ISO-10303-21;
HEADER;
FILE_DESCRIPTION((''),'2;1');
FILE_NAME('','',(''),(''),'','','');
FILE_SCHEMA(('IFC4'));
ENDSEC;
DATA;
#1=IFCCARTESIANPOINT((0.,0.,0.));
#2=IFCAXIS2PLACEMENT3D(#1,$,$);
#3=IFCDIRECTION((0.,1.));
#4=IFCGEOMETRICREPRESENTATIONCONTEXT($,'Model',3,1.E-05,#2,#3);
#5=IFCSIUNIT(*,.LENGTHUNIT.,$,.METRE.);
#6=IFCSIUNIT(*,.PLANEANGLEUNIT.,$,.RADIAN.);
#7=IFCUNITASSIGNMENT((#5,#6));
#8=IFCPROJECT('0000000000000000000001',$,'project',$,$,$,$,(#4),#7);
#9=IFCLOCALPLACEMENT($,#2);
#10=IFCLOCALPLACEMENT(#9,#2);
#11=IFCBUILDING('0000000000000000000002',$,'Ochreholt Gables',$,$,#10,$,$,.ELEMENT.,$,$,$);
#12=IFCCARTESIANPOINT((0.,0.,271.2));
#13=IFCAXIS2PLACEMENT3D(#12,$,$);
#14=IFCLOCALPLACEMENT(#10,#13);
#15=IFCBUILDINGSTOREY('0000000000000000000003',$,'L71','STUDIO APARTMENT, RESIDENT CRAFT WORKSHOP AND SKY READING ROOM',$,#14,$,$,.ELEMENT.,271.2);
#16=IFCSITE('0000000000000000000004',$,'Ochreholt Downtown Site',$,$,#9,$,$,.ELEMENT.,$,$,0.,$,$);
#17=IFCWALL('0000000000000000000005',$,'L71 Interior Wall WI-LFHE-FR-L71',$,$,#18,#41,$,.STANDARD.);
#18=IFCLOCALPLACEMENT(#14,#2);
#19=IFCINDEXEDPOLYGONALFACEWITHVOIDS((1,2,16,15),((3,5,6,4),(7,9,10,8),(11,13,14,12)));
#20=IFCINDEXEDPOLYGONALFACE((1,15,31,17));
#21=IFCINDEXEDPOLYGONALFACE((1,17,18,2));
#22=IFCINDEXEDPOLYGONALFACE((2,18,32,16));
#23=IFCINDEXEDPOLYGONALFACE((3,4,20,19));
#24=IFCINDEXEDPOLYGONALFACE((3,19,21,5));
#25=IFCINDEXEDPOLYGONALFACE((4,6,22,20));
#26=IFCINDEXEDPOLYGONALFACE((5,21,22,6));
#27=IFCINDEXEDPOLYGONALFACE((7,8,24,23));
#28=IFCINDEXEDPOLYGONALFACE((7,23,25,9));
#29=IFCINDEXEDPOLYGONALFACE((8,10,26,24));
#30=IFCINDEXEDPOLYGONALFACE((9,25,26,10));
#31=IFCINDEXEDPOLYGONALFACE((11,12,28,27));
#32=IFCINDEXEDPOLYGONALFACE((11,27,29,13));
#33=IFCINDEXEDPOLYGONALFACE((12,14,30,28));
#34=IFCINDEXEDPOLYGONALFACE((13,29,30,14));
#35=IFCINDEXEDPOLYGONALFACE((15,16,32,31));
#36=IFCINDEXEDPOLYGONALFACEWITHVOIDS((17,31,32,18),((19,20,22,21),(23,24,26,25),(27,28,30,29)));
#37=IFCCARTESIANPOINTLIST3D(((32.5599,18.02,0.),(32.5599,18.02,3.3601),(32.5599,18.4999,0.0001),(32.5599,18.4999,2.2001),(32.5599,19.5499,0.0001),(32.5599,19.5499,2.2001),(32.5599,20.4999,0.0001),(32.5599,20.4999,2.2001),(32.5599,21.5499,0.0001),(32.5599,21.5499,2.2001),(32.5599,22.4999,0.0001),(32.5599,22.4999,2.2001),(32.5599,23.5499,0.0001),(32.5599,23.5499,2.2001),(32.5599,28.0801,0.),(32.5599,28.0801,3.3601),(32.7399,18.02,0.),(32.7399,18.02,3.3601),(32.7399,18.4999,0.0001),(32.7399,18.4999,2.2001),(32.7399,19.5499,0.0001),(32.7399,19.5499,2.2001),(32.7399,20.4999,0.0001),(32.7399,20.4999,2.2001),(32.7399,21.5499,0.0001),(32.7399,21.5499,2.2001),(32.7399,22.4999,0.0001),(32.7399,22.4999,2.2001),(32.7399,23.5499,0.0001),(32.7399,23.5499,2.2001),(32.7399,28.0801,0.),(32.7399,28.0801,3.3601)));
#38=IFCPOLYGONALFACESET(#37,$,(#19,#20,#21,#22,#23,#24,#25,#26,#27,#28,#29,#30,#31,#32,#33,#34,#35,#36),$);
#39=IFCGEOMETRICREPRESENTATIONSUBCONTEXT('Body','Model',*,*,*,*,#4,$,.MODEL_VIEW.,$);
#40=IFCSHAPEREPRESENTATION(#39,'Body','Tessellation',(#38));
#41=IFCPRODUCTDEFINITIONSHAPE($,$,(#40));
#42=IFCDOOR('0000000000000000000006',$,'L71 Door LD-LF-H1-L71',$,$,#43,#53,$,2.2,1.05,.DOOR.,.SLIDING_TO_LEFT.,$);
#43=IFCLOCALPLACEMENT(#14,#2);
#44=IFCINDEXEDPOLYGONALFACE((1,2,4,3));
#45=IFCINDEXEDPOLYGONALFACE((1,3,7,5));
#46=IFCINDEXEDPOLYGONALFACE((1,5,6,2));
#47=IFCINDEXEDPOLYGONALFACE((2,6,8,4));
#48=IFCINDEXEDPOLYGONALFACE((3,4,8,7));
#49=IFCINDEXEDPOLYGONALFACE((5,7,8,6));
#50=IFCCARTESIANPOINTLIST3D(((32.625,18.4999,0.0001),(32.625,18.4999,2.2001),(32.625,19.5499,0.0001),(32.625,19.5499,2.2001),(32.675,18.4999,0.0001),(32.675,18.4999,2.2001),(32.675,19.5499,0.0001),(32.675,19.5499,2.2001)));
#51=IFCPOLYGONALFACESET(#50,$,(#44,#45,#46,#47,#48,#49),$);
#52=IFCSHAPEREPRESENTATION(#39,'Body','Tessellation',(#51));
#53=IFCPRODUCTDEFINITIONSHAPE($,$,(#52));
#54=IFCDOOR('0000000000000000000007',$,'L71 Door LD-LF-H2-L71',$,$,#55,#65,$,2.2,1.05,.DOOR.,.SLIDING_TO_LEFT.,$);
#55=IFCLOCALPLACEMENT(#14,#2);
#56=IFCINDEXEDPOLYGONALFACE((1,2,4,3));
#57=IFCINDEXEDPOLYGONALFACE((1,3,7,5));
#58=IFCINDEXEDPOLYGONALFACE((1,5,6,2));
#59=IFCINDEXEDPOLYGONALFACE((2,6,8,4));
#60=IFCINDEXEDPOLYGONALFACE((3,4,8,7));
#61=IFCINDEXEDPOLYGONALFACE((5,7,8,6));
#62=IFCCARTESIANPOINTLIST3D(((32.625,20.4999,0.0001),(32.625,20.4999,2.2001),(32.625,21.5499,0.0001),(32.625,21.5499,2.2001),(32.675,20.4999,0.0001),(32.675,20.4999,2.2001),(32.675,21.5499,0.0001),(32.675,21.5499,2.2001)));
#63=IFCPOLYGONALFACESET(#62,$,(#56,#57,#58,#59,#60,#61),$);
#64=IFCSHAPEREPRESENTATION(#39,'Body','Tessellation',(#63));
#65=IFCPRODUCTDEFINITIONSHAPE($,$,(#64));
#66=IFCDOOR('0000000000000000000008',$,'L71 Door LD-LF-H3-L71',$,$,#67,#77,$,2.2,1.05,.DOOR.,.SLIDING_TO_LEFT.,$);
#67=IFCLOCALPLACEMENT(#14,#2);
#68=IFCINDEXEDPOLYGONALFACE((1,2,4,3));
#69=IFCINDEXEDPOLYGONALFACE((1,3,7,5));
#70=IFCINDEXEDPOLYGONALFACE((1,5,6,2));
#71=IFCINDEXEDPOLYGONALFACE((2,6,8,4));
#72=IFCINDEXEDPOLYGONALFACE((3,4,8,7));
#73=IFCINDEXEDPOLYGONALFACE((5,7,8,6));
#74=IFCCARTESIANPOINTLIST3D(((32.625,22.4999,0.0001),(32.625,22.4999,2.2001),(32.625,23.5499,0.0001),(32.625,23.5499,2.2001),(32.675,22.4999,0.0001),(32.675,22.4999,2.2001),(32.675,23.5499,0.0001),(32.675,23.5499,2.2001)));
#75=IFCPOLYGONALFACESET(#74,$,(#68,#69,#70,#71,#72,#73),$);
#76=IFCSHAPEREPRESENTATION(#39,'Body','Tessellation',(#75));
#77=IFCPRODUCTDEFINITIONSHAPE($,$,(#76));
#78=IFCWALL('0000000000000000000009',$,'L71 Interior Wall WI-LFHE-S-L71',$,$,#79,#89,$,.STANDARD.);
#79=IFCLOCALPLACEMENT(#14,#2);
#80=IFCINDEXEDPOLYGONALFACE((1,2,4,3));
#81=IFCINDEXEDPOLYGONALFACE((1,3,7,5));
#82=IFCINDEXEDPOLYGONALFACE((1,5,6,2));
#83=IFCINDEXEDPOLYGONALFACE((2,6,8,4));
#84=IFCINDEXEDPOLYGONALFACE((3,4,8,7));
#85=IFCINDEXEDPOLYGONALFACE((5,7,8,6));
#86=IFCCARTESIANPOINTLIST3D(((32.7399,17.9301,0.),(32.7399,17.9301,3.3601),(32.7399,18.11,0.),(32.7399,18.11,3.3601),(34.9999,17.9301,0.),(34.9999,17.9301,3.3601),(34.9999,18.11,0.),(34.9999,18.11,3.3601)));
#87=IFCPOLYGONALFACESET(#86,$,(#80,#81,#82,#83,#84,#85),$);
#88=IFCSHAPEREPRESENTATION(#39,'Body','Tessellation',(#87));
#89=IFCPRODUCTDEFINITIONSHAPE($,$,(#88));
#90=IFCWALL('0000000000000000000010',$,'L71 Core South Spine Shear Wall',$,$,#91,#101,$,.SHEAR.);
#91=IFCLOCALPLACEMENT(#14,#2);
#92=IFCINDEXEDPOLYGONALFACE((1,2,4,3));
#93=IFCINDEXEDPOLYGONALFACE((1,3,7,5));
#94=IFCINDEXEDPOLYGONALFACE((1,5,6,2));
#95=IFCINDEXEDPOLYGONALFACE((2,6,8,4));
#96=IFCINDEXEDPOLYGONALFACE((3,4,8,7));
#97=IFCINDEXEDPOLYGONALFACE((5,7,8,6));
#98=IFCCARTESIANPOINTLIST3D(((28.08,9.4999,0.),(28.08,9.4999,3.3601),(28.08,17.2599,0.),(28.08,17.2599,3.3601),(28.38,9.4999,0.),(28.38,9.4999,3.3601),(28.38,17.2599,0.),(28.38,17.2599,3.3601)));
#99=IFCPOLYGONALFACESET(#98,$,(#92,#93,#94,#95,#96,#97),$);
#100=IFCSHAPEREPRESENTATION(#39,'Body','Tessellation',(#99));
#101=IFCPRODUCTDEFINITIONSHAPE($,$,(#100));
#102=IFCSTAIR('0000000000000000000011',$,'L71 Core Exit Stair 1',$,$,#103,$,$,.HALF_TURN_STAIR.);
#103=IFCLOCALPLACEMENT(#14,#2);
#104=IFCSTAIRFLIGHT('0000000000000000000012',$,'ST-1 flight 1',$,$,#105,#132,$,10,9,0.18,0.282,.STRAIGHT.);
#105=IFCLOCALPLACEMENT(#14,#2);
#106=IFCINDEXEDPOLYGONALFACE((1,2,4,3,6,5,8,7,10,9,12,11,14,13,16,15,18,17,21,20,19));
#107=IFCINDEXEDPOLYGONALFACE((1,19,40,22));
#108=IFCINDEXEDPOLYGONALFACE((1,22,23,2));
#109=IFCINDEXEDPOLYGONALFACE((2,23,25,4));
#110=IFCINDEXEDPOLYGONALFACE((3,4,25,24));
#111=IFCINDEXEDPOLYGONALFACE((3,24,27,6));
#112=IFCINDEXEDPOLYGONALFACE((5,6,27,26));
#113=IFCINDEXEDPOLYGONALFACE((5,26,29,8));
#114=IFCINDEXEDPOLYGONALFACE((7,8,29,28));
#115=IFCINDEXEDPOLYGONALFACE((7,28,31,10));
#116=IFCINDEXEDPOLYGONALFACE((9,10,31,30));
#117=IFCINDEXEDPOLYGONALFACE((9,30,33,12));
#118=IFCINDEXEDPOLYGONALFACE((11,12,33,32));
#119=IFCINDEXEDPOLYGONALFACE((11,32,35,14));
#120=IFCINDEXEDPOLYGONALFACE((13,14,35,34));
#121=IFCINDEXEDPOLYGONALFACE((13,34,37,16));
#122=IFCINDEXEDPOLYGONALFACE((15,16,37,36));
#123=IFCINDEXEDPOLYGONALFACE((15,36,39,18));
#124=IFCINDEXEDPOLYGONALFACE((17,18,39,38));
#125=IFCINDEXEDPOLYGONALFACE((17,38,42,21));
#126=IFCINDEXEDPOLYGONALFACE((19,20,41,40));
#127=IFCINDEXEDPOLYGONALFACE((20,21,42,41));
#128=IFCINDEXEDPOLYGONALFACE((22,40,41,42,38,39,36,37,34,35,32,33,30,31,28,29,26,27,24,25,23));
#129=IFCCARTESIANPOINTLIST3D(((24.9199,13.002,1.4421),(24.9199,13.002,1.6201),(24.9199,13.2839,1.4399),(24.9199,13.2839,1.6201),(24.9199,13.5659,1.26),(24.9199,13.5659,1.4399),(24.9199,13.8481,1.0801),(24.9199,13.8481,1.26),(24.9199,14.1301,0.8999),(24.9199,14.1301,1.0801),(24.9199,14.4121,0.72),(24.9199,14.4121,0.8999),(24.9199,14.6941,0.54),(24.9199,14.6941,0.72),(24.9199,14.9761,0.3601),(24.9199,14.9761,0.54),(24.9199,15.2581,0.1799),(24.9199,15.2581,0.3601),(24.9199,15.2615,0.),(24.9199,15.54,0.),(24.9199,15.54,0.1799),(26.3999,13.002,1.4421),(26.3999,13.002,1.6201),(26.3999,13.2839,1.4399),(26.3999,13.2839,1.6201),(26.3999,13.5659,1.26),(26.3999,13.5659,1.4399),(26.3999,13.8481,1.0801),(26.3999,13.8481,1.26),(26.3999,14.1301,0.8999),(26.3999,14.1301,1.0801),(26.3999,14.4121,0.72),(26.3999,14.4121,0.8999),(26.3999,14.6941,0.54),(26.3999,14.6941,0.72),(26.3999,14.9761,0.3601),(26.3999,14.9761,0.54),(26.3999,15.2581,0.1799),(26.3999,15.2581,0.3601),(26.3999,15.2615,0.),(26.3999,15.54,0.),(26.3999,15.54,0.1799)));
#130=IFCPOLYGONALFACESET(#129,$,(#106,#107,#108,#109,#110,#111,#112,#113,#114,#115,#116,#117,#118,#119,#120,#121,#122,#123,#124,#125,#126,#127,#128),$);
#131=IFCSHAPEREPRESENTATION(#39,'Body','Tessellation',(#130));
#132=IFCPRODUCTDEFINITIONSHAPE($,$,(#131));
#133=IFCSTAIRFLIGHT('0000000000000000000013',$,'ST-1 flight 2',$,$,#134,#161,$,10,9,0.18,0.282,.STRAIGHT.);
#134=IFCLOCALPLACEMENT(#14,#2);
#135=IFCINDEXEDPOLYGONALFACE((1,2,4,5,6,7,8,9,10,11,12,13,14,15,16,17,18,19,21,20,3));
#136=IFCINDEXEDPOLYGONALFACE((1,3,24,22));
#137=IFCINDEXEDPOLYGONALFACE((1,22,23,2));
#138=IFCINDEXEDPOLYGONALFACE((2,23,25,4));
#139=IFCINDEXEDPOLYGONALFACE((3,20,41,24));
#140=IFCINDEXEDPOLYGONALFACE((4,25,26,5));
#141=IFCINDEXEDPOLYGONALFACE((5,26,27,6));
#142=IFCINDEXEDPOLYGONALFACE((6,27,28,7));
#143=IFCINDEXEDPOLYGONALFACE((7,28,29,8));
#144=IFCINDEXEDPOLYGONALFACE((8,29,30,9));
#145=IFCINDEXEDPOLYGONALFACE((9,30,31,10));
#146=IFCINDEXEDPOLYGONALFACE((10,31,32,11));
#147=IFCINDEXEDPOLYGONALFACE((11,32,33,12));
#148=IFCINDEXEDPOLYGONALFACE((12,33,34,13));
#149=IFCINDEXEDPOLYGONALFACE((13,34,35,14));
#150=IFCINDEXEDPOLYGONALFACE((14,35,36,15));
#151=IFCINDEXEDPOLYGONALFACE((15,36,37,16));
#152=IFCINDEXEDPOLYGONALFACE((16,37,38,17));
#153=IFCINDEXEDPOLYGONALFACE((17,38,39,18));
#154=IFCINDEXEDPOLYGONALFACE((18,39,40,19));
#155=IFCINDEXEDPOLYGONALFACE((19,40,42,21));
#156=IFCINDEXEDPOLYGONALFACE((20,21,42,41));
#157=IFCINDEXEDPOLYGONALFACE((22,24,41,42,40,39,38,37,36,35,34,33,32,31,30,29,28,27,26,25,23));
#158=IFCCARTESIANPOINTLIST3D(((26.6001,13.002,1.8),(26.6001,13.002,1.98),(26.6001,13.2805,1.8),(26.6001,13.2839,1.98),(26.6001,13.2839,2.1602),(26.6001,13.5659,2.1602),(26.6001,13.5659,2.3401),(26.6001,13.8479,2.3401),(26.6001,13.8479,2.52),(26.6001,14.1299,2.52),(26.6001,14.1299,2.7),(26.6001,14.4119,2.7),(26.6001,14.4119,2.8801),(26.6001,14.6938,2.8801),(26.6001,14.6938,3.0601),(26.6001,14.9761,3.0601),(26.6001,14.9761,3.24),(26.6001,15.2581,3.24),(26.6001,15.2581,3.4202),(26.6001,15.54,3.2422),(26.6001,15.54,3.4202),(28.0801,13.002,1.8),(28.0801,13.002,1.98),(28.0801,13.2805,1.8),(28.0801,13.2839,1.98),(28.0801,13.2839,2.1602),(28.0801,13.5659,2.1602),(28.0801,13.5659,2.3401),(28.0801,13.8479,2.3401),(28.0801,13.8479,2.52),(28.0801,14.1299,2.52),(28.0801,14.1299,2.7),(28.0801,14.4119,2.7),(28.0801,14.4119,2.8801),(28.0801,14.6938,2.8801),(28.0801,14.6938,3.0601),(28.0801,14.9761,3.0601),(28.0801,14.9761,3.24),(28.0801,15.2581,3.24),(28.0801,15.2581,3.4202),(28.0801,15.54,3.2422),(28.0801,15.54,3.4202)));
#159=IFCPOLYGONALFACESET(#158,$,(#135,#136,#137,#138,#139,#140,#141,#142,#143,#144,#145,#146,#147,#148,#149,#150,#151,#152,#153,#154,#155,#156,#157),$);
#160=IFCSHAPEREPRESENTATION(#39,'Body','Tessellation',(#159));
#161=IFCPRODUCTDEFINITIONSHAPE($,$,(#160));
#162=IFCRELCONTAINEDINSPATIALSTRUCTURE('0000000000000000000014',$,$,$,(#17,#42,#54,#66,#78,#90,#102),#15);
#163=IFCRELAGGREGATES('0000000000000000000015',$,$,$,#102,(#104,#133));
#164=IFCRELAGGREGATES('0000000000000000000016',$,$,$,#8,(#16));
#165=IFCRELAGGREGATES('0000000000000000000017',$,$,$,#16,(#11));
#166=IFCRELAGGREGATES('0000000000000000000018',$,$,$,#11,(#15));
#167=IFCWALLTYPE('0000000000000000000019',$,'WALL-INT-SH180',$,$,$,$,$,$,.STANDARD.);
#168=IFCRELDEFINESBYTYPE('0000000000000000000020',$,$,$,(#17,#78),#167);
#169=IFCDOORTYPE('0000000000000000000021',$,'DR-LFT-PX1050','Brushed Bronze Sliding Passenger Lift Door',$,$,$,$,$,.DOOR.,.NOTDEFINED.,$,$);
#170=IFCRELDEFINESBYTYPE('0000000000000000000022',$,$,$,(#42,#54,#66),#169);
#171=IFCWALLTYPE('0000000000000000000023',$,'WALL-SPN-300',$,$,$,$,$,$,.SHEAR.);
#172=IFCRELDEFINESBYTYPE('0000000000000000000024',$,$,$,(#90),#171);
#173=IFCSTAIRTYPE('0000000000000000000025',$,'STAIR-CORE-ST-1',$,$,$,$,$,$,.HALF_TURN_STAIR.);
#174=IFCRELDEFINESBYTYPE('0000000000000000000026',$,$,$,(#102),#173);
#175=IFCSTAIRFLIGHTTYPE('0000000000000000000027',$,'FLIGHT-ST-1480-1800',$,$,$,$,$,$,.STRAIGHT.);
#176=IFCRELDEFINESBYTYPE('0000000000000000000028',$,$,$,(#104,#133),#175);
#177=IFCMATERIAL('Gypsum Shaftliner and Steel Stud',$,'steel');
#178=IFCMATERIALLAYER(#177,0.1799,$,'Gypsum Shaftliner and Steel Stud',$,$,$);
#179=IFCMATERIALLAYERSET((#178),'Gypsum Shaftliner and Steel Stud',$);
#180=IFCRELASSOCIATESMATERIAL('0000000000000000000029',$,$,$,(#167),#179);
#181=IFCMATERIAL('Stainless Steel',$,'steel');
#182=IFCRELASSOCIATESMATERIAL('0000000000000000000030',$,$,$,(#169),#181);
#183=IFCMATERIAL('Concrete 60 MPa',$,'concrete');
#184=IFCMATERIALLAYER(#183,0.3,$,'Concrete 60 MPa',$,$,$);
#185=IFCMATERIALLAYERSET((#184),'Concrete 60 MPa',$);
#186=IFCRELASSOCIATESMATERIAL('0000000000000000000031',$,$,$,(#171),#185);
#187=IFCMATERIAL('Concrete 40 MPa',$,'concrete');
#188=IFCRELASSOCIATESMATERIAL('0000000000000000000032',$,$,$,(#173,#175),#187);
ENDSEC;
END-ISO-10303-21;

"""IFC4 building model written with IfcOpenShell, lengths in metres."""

from ifc_helpers import new_model, si_unit, direction, frame, frame_2d, origin, place, context, subcontext, project, spatial, polyline, rectangle, outline, extrude, material, layer, layer_set, type_object, element, fill, aggregate, save


model = new_model("IFC4")

# Units and contexts
model_context = context("Model", 3, precision=1e-05, world=origin(), true_north=direction((0.0, 1.0)))
body_context = subcontext(model_context, "Body", "Model", "MODEL_VIEW")
ifc_project = project(units=[si_unit("LENGTHUNIT", "METRE"), si_unit("PLANEANGLEUNIT", "RADIAN")], contexts=[model_context])

# Site, building, storey
site_placement = place(None, origin())
site = spatial("IfcSite", under=ifc_project, at=site_placement, Name="Ochreholt Downtown Site", CompositionType="ELEMENT", RefElevation=0.0)
building_placement = place(site_placement, origin())
building = spatial("IfcBuilding", under=site, at=building_placement, Name="Ochreholt Gables", CompositionType="ELEMENT")
storey_placement = place(building_placement, frame((0.0, 0.0, 271.2)))
storey = spatial("IfcBuildingStorey", under=building, at=storey_placement, Name="L71", Description="STUDIO APARTMENT, RESIDENT CRAFT WORKSHOP AND SKY READING ROOM", CompositionType="ELEMENT", Elevation=271.2)

# Shared definitions
ifc_material_1 = material(Name="Concrete 40 MPa", Category="concrete")

# Wall, openings, doors
ifc_material_2 = material(Name="Gypsum Shaftliner and Steel Stud", Category="steel")
ifc_layer_1 = layer(ifc_material_2, 0.1799, Name="Gypsum Shaftliner and Steel Stud")
ifc_layer_set_1 = layer_set([ifc_layer_1], Name="Gypsum Shaftliner and Steel Stud")
wall_type_1 = type_object("IfcWallType", Name="WALL-INT-SH180", PredefinedType="STANDARD", material=ifc_layer_set_1)
wall_1_placement = place(storey_placement, frame((32.6499, 18.02, 0.0), z_axis=(0.0, 0.0, 1.0), x_axis=(0.0, 1.0, 0.0)))
wall_1 = element("IfcWall", 1, at=wall_1_placement, inside=storey, type_object=wall_type_1, Name="L71 Interior Wall WI-LFHE-FR-L71", PredefinedType="STANDARD", context=body_context, shape_type="SweptSolid", body=[
    extrude(rectangle(XDim=10.0601, YDim=0.1799, at=frame_2d((5.03, 0.0))), origin(), (0.0, 0.0, 1.0), 3.3601),
])
opening_1_placement = place(wall_1_placement, frame((0.48, 0.0, 0.0)))
opening_1 = element("IfcOpeningElement", 2, at=opening_1_placement, cuts=wall_1, PredefinedType="OPENING", context=body_context, shape_type="SweptSolid", body=[
    extrude(rectangle(XDim=1.05, YDim=2.2, at=frame_2d((0.5249, 1.1001))), frame((0.0, 0.0999, 0.0), z_axis=(0.0, -1.0, 0.0), x_axis=(1.0, 0.0, 0.0)), (0.0, 0.0, 1.0), 0.2),
])
opening_2_placement = place(wall_1_placement, frame((2.48, 0.0, 0.0)))
opening_2 = element("IfcOpeningElement", 3, at=opening_2_placement, cuts=wall_1, PredefinedType="OPENING", context=body_context, shape_type="SweptSolid", body=[
    extrude(rectangle(XDim=1.05, YDim=2.2, at=frame_2d((0.5249, 1.1001))), frame((0.0, 0.0999, 0.0), z_axis=(0.0, -1.0, 0.0), x_axis=(1.0, 0.0, 0.0)), (0.0, 0.0, 1.0), 0.2),
])
opening_3_placement = place(wall_1_placement, frame((4.48, 0.0, 0.0)))
opening_3 = element("IfcOpeningElement", 4, at=opening_3_placement, cuts=wall_1, PredefinedType="OPENING", context=body_context, shape_type="SweptSolid", body=[
    extrude(rectangle(XDim=1.05, YDim=2.2, at=frame_2d((0.5249, 1.1001))), frame((0.0, 0.0999, 0.0), z_axis=(0.0, -1.0, 0.0), x_axis=(1.0, 0.0, 0.0)), (0.0, 0.0, 1.0), 0.2),
])
ifc_material_3 = material(Name="Stainless Steel", Category="steel")
door_type_1 = type_object("IfcDoorType", Name="DR-LFT-PX1050", Description="Brushed Bronze Sliding Passenger Lift Door", OperationType="NOTDEFINED", PredefinedType="DOOR", material=ifc_material_3)
door_1_placement = place(opening_1_placement, origin())
door_1 = element("IfcDoor", 5, at=door_1_placement, inside=storey, type_object=door_type_1, Name="L71 Door LD-LF-H1-L71", OperationType="SLIDING_TO_LEFT", OverallHeight=2.2, OverallWidth=1.05, PredefinedType="DOOR", context=body_context, shape_type="SweptSolid", body=[
    extrude(rectangle(XDim=1.05, YDim=2.2, at=frame_2d((0.5249, 1.1001))), frame((0.0, 0.0249, 0.0), z_axis=(0.0, -1.0, 0.0), x_axis=(1.0, 0.0, 0.0)), (0.0, 0.0, 1.0), 0.05),
])
fill(opening_1, door_1)
door_2_placement = place(opening_2_placement, origin())
door_2 = element("IfcDoor", 6, at=door_2_placement, inside=storey, type_object=door_type_1, Name="L71 Door LD-LF-H2-L71", OperationType="SLIDING_TO_LEFT", OverallHeight=2.2, OverallWidth=1.05, PredefinedType="DOOR", context=body_context, shape_type="SweptSolid", body=[
    extrude(rectangle(XDim=1.05, YDim=2.2, at=frame_2d((0.5249, 1.1001))), frame((0.0, 0.0249, 0.0), z_axis=(0.0, -1.0, 0.0), x_axis=(1.0, 0.0, 0.0)), (0.0, 0.0, 1.0), 0.05),
])
fill(opening_2, door_2)
door_3_placement = place(opening_3_placement, origin())
door_3 = element("IfcDoor", 7, at=door_3_placement, inside=storey, type_object=door_type_1, Name="L71 Door LD-LF-H3-L71", OperationType="SLIDING_TO_LEFT", OverallHeight=2.2, OverallWidth=1.05, PredefinedType="DOOR", context=body_context, shape_type="SweptSolid", body=[
    extrude(rectangle(XDim=1.05, YDim=2.2, at=frame_2d((0.5249, 1.1001))), frame((0.0, 0.0249, 0.0), z_axis=(0.0, -1.0, 0.0), x_axis=(1.0, 0.0, 0.0)), (0.0, 0.0, 1.0), 0.05),
])
fill(opening_3, door_3)

# Walls
wall_2_placement = place(storey_placement, frame((32.74, 18.02, 0.0), z_axis=(0.0, 0.0, 1.0), x_axis=(1.0, 0.0, 0.0)))
element("IfcWall", 8, at=wall_2_placement, inside=storey, type_object=wall_type_1, Name="L71 Interior Wall WI-LFHE-S-L71", PredefinedType="STANDARD", context=body_context, shape_type="SweptSolid", body=[
    extrude(rectangle(XDim=2.26, YDim=0.1799, at=frame_2d((1.1299, 0.0))), origin(), (0.0, 0.0, 1.0), 3.3601),
])
ifc_material_4 = material(Name="Concrete 60 MPa", Category="concrete")
ifc_layer_2 = layer(ifc_material_4, 0.3, Name="Concrete 60 MPa")
ifc_layer_set_2 = layer_set([ifc_layer_2], Name="Concrete 60 MPa")
wall_type_2 = type_object("IfcWallType", Name="WALL-SPN-300", PredefinedType="SHEAR", material=ifc_layer_set_2)
wall_3_placement = place(storey_placement, frame((28.23, 9.5, 0.0), z_axis=(0.0, 0.0, 1.0), x_axis=(0.0, 1.0, 0.0)))
element("IfcWall", 9, at=wall_3_placement, inside=storey, type_object=wall_type_2, Name="L71 Core South Spine Shear Wall", PredefinedType="SHEAR", context=body_context, shape_type="SweptSolid", body=[
    extrude(rectangle(XDim=7.76, YDim=0.3, at=frame_2d((3.8799, 0.0))), origin(), (0.0, 0.0, 1.0), 3.3601),
])

# Stair, stair flights
stair_type = type_object("IfcStairType", Name="STAIR-CORE-ST-1", PredefinedType="HALF_TURN_STAIR", material=ifc_material_1)
stair_placement = place(storey_placement, origin())
stair = element("IfcStair", 10, at=stair_placement, inside=storey, type_object=stair_type, Name="L71 Core Exit Stair 1", PredefinedType="HALF_TURN_STAIR")
stair_flight_type = type_object("IfcStairFlightType", Name="FLIGHT-ST-1480-1800", PredefinedType="STRAIGHT", material=ifc_material_1)
stair_flight_1_placement = place(storey_placement, frame((25.6599, 15.54, 0.0), z_axis=(0.0, 0.0, 1.0), x_axis=(0.0, -1.0, 0.0)))
stair_flight_1 = element("IfcStairFlight", 11, at=stair_flight_1_placement, type_object=stair_flight_type, Name="ST-1 flight 1", NumberOfRisers=10, NumberOfTreads=9, PredefinedType="STRAIGHT", RiserHeight=0.18, TreadLength=0.282, context=body_context, shape_type="SweptSolid", body=[
    extrude(outline(polyline([(0.0, 0.0), (0.0, 0.1799), (0.282, 0.1799), (0.282, 0.3601), (0.564, 0.3601), (0.564, 0.54), (0.8459, 0.54), (0.8459, 0.72), (1.1279, 0.72), (1.1279, 0.8999), (1.4099, 0.8999), (1.4099, 1.0801), (1.6919, 1.0801), (1.6919, 1.26), (1.9741, 1.26), (1.9741, 1.4399), (2.2561, 1.4399), (2.2561, 1.6201), (2.5381, 1.6201), (2.5381, 1.8), (2.5381, 1.4421), (0.2786, 0.0), (0.0, 0.0)])), frame((0.0, 0.74, 0.0), z_axis=(0.0, -1.0, 0.0), x_axis=(1.0, 0.0, 0.0)), (0.0, 0.0, 1.0), 1.48),
])
stair_flight_2_placement = place(storey_placement, frame((27.3401, 13.002, 1.8), z_axis=(0.0, 0.0, 1.0), x_axis=(0.0, 1.0, 0.0)))
stair_flight_2 = element("IfcStairFlight", 12, at=stair_flight_2_placement, type_object=stair_flight_type, Name="ST-1 flight 2", NumberOfRisers=10, NumberOfTreads=9, PredefinedType="STRAIGHT", RiserHeight=0.18, TreadLength=0.282, context=body_context, shape_type="SweptSolid", body=[
    extrude(outline(polyline([(0.0, 0.0), (0.0, 0.1799), (0.282, 0.1799), (0.282, 0.3601), (0.564, 0.3601), (0.564, 0.54), (0.8459, 0.54), (0.8459, 0.72), (1.1279, 0.72), (1.1279, 0.8999), (1.4099, 0.8999), (1.4099, 1.0801), (1.6919, 1.0801), (1.6919, 1.26), (1.9741, 1.26), (1.9741, 1.4399), (2.2561, 1.4399), (2.2561, 1.6201), (2.5381, 1.6201), (2.5381, 1.8), (2.5381, 1.4421), (0.2786, 0.0), (0.0, 0.0)])), frame((0.0, 0.74, 0.0), z_axis=(0.0, -1.0, 0.0), x_axis=(1.0, 0.0, 0.0)), (0.0, 0.0, 1.0), 1.48),
])
aggregate(stair, [stair_flight_1, stair_flight_2])

save(model, "model.ifc")
